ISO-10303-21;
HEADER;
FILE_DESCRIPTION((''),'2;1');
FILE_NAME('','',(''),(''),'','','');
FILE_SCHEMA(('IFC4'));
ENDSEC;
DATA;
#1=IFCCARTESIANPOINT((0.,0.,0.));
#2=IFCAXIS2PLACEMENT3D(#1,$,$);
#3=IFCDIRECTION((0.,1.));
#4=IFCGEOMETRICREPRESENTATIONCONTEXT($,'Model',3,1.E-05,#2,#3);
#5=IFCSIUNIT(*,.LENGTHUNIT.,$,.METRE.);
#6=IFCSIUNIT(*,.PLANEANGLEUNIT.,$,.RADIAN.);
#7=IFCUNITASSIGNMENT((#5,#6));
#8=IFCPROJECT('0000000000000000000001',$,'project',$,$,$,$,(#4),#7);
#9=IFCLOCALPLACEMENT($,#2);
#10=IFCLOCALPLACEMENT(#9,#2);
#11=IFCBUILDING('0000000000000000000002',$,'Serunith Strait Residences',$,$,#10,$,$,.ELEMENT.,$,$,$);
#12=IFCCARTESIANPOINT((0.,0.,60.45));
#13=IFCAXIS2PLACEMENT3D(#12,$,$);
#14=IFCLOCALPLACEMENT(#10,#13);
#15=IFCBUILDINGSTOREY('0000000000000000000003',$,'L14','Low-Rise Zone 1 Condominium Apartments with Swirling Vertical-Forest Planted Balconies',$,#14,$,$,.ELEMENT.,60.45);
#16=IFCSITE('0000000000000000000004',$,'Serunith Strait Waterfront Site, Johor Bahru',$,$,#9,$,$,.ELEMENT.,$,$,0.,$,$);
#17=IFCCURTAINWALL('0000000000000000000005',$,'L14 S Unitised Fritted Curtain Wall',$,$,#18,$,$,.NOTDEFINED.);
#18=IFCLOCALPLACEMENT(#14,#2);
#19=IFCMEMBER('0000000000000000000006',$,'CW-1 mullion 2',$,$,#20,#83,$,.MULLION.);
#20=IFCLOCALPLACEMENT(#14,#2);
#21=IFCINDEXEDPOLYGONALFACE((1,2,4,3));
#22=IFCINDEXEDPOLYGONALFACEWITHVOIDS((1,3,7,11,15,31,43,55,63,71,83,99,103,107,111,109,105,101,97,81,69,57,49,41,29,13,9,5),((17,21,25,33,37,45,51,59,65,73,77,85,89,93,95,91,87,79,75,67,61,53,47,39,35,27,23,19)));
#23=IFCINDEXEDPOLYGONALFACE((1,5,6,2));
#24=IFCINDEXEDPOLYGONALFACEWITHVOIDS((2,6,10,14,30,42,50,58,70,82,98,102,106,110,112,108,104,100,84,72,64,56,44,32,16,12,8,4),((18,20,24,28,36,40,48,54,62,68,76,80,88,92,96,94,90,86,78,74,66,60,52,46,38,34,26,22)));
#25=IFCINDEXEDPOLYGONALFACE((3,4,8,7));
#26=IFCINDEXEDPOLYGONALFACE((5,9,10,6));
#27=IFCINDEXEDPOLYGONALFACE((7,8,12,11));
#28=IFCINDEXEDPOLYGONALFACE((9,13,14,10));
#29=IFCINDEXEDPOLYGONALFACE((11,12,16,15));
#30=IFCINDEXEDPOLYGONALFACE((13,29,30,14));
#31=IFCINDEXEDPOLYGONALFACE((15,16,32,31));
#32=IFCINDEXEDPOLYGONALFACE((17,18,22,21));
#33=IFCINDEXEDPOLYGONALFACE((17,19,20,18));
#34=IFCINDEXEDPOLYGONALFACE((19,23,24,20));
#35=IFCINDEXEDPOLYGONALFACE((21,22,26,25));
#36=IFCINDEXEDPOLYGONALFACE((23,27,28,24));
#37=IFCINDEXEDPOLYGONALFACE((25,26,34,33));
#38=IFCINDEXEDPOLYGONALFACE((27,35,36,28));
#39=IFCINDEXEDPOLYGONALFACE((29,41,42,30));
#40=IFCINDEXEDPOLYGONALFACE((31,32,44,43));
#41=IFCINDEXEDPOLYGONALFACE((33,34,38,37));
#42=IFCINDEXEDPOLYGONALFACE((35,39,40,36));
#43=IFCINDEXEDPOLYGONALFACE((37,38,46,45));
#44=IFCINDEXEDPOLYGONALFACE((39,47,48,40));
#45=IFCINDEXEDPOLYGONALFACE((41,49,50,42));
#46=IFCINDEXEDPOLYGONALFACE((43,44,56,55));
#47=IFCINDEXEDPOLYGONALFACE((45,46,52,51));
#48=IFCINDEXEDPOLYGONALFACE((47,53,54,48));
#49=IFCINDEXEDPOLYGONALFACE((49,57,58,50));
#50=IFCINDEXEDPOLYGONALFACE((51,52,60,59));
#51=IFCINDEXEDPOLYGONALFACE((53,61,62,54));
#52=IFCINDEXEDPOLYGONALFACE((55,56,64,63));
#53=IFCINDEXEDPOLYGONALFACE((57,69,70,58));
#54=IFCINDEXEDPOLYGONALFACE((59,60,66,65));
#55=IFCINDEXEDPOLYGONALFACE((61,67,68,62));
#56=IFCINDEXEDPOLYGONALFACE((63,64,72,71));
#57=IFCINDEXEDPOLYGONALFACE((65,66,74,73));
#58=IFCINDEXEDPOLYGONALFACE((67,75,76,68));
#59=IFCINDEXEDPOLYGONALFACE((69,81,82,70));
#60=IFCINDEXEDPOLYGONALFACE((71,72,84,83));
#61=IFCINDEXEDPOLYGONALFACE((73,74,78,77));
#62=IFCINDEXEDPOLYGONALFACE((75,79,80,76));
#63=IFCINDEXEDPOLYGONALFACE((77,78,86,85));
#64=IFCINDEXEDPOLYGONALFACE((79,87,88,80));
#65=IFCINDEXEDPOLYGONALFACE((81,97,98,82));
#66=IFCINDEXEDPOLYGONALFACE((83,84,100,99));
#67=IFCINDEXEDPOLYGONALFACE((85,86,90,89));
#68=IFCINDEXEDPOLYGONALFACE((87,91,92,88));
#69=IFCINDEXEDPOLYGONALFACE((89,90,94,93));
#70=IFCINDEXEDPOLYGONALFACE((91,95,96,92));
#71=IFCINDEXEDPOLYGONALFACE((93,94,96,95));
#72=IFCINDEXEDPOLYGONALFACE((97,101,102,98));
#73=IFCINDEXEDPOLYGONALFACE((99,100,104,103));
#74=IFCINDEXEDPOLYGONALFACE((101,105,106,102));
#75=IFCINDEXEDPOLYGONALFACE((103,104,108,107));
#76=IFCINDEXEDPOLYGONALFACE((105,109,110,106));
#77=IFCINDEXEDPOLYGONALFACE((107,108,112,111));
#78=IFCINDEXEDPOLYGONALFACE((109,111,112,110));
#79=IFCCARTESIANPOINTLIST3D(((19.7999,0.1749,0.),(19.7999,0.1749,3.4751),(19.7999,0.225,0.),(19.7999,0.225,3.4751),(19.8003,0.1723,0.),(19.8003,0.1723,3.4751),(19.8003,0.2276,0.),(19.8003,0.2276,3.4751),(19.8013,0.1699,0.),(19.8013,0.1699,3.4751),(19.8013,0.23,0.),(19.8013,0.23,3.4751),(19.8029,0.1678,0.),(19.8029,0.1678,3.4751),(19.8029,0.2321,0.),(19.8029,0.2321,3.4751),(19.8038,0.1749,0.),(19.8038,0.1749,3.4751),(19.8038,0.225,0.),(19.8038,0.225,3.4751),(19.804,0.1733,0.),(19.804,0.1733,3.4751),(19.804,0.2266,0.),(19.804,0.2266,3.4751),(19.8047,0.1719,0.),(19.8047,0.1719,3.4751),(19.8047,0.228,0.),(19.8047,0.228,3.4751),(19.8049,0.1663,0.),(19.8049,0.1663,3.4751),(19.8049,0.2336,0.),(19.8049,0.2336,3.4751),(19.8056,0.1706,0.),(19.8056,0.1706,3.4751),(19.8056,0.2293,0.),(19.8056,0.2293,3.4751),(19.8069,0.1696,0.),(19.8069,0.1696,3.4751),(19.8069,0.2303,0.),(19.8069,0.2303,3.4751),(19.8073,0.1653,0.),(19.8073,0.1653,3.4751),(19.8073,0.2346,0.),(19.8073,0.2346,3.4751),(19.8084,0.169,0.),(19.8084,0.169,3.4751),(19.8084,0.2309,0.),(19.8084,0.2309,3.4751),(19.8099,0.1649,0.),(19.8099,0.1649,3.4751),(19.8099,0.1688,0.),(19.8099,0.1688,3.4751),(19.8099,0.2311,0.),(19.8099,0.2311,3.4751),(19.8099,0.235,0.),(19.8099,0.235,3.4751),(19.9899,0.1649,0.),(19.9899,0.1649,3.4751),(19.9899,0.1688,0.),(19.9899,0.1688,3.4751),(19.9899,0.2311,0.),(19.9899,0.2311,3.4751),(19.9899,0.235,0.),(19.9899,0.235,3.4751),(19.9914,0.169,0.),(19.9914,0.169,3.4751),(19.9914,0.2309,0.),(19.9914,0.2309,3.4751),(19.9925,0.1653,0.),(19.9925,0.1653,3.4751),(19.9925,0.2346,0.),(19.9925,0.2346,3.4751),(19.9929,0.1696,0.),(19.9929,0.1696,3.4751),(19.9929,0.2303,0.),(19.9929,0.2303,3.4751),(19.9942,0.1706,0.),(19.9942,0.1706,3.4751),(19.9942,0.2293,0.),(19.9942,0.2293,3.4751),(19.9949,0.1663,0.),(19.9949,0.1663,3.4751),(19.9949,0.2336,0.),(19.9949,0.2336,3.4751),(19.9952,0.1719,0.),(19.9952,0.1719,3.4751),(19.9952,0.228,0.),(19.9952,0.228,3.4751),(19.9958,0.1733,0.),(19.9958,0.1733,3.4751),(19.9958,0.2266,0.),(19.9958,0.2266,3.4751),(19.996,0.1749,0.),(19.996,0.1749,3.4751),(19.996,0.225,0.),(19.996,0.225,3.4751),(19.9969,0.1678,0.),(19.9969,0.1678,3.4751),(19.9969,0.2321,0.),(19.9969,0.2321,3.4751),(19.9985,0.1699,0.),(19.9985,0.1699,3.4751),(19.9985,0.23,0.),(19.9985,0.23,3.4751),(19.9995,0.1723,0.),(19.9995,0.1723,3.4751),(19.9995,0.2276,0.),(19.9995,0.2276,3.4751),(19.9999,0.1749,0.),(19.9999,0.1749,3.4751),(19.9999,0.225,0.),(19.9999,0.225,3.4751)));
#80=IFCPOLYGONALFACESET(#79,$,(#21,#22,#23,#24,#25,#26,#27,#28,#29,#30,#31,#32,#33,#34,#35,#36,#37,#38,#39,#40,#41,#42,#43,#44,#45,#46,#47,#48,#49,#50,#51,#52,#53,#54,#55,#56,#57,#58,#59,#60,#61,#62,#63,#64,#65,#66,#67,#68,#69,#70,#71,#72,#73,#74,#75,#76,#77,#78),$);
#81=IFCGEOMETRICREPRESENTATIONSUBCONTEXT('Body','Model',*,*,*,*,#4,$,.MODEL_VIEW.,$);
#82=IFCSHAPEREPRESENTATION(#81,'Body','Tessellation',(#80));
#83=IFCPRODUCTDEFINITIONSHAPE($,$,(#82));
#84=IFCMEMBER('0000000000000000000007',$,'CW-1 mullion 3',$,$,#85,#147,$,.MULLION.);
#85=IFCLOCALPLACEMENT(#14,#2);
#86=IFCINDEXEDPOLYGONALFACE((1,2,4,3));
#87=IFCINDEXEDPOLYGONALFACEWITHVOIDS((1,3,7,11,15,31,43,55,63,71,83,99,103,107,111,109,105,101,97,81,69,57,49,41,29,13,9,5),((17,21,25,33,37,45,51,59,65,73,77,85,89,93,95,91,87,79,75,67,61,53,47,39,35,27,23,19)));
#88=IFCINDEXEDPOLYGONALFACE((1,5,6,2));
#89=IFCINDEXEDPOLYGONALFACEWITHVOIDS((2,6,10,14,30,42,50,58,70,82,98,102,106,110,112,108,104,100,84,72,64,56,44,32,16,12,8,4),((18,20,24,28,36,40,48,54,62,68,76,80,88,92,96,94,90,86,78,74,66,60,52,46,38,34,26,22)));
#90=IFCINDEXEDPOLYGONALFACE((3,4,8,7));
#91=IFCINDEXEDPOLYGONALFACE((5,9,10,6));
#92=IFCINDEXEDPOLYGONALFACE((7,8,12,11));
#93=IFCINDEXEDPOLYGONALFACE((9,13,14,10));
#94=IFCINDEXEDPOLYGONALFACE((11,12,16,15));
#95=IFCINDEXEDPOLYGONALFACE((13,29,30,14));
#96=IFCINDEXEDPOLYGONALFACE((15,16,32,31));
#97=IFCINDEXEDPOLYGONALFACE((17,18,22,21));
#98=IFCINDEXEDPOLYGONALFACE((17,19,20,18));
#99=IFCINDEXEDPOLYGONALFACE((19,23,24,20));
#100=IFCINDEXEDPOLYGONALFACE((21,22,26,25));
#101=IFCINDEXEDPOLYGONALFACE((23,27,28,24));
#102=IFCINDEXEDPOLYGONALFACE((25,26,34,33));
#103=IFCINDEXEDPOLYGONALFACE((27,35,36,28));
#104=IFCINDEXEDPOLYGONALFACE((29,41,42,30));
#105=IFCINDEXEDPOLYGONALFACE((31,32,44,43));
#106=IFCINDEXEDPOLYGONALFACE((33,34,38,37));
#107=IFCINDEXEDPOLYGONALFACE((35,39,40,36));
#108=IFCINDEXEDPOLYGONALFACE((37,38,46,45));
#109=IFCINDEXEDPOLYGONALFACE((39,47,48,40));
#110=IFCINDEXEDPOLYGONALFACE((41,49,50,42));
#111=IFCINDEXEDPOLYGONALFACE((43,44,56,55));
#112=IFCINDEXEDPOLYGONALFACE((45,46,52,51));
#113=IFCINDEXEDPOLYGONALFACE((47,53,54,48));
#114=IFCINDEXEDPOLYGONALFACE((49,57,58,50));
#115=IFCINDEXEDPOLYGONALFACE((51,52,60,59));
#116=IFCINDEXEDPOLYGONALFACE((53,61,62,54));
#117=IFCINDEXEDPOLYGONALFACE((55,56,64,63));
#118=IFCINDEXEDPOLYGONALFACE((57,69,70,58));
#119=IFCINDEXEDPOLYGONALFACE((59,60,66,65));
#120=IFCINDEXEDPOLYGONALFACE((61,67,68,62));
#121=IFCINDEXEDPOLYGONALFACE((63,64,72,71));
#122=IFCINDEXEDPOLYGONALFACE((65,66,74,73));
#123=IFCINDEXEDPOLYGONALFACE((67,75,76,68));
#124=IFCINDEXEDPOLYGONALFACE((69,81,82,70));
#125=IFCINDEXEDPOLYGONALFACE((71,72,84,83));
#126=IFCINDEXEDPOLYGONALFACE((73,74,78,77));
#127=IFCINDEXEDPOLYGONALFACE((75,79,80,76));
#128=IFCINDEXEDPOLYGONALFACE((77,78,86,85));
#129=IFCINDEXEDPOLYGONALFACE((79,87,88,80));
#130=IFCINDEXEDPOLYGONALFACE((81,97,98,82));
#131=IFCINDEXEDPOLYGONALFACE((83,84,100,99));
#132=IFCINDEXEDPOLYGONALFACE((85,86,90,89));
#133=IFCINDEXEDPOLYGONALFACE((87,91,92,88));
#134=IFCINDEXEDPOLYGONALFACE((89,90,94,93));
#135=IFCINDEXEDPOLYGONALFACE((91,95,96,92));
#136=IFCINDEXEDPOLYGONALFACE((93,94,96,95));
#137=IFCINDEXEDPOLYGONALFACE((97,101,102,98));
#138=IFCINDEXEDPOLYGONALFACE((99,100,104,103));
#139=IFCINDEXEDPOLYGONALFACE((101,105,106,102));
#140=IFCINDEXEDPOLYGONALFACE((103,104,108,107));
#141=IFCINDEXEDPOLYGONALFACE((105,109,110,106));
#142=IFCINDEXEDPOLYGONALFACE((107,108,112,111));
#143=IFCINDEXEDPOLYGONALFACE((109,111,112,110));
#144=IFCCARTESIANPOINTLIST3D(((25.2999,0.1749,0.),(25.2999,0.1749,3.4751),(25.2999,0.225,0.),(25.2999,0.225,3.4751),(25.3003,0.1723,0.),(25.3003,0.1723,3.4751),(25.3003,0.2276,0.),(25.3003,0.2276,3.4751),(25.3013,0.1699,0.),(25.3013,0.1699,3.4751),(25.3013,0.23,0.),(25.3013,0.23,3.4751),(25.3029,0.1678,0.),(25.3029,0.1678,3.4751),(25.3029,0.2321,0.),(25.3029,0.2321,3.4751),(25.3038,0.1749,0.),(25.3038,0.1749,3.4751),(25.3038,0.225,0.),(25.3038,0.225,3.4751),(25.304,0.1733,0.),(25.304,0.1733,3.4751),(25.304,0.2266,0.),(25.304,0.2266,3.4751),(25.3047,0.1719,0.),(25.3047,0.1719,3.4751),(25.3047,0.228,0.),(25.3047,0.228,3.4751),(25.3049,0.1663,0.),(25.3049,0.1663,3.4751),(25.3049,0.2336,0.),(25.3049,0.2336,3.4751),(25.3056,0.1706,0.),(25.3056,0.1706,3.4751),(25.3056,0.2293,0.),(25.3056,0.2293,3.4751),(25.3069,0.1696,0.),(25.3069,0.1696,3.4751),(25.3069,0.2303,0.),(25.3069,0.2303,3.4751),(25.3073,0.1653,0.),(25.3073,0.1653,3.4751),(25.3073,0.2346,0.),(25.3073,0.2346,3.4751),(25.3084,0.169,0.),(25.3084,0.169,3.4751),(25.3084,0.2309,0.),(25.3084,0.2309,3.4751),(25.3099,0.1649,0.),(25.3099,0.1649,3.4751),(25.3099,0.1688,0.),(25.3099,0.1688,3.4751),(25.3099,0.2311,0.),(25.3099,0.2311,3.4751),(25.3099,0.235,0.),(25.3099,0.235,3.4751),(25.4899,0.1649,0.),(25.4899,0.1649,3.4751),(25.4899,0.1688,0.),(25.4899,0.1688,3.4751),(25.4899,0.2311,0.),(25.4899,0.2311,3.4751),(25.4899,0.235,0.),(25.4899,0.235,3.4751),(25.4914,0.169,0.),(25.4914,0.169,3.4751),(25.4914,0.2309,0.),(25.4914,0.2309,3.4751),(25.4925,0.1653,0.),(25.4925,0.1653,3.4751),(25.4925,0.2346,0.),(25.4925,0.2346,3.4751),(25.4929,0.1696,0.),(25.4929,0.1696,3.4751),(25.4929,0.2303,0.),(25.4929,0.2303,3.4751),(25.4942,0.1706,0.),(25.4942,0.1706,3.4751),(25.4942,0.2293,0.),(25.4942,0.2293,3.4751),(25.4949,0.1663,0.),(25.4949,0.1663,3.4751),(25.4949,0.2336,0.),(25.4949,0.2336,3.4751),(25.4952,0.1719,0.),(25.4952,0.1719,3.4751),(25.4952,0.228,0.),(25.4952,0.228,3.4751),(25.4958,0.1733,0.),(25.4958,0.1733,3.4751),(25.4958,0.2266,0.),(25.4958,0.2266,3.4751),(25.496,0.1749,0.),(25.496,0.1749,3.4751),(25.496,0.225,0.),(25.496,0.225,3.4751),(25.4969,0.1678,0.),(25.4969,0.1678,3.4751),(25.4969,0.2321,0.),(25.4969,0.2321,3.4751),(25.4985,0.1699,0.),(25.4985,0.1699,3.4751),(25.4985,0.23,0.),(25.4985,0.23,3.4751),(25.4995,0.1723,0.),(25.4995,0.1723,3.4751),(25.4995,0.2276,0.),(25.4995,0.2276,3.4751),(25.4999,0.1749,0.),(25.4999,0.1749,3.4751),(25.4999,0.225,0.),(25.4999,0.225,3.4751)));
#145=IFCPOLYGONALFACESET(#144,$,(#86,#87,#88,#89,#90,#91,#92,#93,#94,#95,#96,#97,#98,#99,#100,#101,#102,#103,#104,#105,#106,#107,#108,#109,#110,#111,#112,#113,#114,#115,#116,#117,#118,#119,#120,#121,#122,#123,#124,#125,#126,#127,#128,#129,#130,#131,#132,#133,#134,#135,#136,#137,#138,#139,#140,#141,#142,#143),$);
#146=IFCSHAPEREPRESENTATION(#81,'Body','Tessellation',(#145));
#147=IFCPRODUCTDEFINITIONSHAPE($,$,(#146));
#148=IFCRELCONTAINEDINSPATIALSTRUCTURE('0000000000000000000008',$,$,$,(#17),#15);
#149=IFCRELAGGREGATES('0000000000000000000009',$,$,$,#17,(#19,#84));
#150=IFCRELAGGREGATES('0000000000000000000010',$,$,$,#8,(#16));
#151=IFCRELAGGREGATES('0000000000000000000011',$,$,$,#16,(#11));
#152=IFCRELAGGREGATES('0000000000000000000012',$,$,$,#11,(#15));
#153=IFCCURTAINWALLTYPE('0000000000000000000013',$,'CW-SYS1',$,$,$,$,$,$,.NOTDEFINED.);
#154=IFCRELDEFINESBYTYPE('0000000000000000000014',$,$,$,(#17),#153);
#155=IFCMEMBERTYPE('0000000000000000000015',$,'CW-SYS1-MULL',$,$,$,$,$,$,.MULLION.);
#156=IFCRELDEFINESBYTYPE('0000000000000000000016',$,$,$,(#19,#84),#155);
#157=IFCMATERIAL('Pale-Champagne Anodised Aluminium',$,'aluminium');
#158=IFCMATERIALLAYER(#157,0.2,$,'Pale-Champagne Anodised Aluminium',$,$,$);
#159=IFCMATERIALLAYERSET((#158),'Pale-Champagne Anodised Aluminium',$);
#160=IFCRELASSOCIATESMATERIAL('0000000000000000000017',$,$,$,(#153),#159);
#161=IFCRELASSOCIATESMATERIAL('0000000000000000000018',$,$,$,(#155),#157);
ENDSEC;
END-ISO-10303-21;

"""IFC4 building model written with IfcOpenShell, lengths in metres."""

from ifc_helpers import new_model, si_unit, direction, frame, origin, origin_2d, place, context, subcontext, project, spatial, hollow_rectangle, extrude, source, transform, mapped, material, layer, layer_set, material_profile, profile_set, type_object, element, aggregate, save


model = new_model("IFC4")

# Units and contexts
model_context = context("Model", 3, precision=1e-05, world=origin(), true_north=direction((0.0, 1.0)))
body_context = subcontext(model_context, "Body", "Model", "MODEL_VIEW")
ifc_project = project(units=[si_unit("LENGTHUNIT", "METRE"), si_unit("PLANEANGLEUNIT", "RADIAN")], contexts=[model_context])

# Site, building, storey
site_placement = place(None, origin())
site = spatial("IfcSite", under=ifc_project, at=site_placement, Name="Serunith Strait Waterfront Site, Johor Bahru", CompositionType="ELEMENT", RefElevation=0.0)
building_placement = place(site_placement, origin())
building = spatial("IfcBuilding", under=site, at=building_placement, Name="Serunith Strait Residences", CompositionType="ELEMENT")
storey_placement = place(building_placement, frame((0.0, 0.0, 60.45)))
storey = spatial("IfcBuildingStorey", under=building, at=storey_placement, Name="L14", Description="Low-Rise Zone 1 Condominium Apartments with Swirling Vertical-Forest Planted Balconies", CompositionType="ELEMENT", Elevation=60.45)

# Curtain wall, members
ifc_material_1 = material(Name="Pale-Champagne Anodised Aluminium", Category="aluminium")
ifc_layer_1 = layer(ifc_material_1, 0.2, Name="Pale-Champagne Anodised Aluminium")
ifc_layer_set_1 = layer_set([ifc_layer_1], Name="Pale-Champagne Anodised Aluminium")
curtain_wall_type = type_object("IfcCurtainWallType", Name="CW-SYS1", PredefinedType="NOTDEFINED", material=ifc_layer_set_1)
curtain_wall_placement = place(storey_placement, origin())
curtain_wall = element("IfcCurtainWall", 1, at=curtain_wall_placement, inside=storey, type_object=curtain_wall_type, Name="L14 S Unitised Fritted Curtain Wall", PredefinedType="NOTDEFINED")
ifc_material_profile_1 = material_profile(ifc_material_1, hollow_rectangle(XDim=0.0701, YDim=0.2, WallThickness=0.0039, InnerFilletRadius=0.0061, OuterFilletRadius=0.01, at=origin_2d()), Name="ALU 200x70x4")
ifc_profile_set_1 = profile_set([ifc_material_profile_1], Name="Pale-Champagne Anodised Aluminium")
member_type_1 = type_object("IfcMemberType", Name="CW-SYS1-MULL", PredefinedType="MULLION", material=ifc_profile_set_1)
shared_shape_1 = source(origin(), body_context, "Body", "SweptSolid", [
    extrude(hollow_rectangle(XDim=0.0701, YDim=0.2, WallThickness=0.0039, InnerFilletRadius=0.0061, OuterFilletRadius=0.01, at=origin_2d()), origin(), (0.0, 0.0, 1.0), 3.4751),
])
member_1_placement = place(storey_placement, frame((19.8999, 0.2, 0.0), z_axis=(0.0, 0.0, 1.0), x_axis=(0.0, 1.0, 0.0)))
member_1 = element("IfcMember", 2, at=member_1_placement, type_object=member_type_1, Name="CW-1 mullion 2", PredefinedType="MULLION", context=body_context, shape_type="MappedRepresentation", body=[
    mapped(shared_shape_1, transform((0.0, 0.0, 0.0), scale=1.0)),
])
member_2_placement = place(storey_placement, frame((25.3999, 0.2, 0.0), z_axis=(0.0, 0.0, 1.0), x_axis=(0.0, 1.0, 0.0)))
member_2 = element("IfcMember", 3, at=member_2_placement, type_object=member_type_1, Name="CW-1 mullion 3", PredefinedType="MULLION", context=body_context, shape_type="MappedRepresentation", body=[
    mapped(shared_shape_1, transform((0.0, 0.0, 0.0), scale=1.0)),
])
aggregate(curtain_wall, [member_1, member_2])

save(model, "model.ifc")
